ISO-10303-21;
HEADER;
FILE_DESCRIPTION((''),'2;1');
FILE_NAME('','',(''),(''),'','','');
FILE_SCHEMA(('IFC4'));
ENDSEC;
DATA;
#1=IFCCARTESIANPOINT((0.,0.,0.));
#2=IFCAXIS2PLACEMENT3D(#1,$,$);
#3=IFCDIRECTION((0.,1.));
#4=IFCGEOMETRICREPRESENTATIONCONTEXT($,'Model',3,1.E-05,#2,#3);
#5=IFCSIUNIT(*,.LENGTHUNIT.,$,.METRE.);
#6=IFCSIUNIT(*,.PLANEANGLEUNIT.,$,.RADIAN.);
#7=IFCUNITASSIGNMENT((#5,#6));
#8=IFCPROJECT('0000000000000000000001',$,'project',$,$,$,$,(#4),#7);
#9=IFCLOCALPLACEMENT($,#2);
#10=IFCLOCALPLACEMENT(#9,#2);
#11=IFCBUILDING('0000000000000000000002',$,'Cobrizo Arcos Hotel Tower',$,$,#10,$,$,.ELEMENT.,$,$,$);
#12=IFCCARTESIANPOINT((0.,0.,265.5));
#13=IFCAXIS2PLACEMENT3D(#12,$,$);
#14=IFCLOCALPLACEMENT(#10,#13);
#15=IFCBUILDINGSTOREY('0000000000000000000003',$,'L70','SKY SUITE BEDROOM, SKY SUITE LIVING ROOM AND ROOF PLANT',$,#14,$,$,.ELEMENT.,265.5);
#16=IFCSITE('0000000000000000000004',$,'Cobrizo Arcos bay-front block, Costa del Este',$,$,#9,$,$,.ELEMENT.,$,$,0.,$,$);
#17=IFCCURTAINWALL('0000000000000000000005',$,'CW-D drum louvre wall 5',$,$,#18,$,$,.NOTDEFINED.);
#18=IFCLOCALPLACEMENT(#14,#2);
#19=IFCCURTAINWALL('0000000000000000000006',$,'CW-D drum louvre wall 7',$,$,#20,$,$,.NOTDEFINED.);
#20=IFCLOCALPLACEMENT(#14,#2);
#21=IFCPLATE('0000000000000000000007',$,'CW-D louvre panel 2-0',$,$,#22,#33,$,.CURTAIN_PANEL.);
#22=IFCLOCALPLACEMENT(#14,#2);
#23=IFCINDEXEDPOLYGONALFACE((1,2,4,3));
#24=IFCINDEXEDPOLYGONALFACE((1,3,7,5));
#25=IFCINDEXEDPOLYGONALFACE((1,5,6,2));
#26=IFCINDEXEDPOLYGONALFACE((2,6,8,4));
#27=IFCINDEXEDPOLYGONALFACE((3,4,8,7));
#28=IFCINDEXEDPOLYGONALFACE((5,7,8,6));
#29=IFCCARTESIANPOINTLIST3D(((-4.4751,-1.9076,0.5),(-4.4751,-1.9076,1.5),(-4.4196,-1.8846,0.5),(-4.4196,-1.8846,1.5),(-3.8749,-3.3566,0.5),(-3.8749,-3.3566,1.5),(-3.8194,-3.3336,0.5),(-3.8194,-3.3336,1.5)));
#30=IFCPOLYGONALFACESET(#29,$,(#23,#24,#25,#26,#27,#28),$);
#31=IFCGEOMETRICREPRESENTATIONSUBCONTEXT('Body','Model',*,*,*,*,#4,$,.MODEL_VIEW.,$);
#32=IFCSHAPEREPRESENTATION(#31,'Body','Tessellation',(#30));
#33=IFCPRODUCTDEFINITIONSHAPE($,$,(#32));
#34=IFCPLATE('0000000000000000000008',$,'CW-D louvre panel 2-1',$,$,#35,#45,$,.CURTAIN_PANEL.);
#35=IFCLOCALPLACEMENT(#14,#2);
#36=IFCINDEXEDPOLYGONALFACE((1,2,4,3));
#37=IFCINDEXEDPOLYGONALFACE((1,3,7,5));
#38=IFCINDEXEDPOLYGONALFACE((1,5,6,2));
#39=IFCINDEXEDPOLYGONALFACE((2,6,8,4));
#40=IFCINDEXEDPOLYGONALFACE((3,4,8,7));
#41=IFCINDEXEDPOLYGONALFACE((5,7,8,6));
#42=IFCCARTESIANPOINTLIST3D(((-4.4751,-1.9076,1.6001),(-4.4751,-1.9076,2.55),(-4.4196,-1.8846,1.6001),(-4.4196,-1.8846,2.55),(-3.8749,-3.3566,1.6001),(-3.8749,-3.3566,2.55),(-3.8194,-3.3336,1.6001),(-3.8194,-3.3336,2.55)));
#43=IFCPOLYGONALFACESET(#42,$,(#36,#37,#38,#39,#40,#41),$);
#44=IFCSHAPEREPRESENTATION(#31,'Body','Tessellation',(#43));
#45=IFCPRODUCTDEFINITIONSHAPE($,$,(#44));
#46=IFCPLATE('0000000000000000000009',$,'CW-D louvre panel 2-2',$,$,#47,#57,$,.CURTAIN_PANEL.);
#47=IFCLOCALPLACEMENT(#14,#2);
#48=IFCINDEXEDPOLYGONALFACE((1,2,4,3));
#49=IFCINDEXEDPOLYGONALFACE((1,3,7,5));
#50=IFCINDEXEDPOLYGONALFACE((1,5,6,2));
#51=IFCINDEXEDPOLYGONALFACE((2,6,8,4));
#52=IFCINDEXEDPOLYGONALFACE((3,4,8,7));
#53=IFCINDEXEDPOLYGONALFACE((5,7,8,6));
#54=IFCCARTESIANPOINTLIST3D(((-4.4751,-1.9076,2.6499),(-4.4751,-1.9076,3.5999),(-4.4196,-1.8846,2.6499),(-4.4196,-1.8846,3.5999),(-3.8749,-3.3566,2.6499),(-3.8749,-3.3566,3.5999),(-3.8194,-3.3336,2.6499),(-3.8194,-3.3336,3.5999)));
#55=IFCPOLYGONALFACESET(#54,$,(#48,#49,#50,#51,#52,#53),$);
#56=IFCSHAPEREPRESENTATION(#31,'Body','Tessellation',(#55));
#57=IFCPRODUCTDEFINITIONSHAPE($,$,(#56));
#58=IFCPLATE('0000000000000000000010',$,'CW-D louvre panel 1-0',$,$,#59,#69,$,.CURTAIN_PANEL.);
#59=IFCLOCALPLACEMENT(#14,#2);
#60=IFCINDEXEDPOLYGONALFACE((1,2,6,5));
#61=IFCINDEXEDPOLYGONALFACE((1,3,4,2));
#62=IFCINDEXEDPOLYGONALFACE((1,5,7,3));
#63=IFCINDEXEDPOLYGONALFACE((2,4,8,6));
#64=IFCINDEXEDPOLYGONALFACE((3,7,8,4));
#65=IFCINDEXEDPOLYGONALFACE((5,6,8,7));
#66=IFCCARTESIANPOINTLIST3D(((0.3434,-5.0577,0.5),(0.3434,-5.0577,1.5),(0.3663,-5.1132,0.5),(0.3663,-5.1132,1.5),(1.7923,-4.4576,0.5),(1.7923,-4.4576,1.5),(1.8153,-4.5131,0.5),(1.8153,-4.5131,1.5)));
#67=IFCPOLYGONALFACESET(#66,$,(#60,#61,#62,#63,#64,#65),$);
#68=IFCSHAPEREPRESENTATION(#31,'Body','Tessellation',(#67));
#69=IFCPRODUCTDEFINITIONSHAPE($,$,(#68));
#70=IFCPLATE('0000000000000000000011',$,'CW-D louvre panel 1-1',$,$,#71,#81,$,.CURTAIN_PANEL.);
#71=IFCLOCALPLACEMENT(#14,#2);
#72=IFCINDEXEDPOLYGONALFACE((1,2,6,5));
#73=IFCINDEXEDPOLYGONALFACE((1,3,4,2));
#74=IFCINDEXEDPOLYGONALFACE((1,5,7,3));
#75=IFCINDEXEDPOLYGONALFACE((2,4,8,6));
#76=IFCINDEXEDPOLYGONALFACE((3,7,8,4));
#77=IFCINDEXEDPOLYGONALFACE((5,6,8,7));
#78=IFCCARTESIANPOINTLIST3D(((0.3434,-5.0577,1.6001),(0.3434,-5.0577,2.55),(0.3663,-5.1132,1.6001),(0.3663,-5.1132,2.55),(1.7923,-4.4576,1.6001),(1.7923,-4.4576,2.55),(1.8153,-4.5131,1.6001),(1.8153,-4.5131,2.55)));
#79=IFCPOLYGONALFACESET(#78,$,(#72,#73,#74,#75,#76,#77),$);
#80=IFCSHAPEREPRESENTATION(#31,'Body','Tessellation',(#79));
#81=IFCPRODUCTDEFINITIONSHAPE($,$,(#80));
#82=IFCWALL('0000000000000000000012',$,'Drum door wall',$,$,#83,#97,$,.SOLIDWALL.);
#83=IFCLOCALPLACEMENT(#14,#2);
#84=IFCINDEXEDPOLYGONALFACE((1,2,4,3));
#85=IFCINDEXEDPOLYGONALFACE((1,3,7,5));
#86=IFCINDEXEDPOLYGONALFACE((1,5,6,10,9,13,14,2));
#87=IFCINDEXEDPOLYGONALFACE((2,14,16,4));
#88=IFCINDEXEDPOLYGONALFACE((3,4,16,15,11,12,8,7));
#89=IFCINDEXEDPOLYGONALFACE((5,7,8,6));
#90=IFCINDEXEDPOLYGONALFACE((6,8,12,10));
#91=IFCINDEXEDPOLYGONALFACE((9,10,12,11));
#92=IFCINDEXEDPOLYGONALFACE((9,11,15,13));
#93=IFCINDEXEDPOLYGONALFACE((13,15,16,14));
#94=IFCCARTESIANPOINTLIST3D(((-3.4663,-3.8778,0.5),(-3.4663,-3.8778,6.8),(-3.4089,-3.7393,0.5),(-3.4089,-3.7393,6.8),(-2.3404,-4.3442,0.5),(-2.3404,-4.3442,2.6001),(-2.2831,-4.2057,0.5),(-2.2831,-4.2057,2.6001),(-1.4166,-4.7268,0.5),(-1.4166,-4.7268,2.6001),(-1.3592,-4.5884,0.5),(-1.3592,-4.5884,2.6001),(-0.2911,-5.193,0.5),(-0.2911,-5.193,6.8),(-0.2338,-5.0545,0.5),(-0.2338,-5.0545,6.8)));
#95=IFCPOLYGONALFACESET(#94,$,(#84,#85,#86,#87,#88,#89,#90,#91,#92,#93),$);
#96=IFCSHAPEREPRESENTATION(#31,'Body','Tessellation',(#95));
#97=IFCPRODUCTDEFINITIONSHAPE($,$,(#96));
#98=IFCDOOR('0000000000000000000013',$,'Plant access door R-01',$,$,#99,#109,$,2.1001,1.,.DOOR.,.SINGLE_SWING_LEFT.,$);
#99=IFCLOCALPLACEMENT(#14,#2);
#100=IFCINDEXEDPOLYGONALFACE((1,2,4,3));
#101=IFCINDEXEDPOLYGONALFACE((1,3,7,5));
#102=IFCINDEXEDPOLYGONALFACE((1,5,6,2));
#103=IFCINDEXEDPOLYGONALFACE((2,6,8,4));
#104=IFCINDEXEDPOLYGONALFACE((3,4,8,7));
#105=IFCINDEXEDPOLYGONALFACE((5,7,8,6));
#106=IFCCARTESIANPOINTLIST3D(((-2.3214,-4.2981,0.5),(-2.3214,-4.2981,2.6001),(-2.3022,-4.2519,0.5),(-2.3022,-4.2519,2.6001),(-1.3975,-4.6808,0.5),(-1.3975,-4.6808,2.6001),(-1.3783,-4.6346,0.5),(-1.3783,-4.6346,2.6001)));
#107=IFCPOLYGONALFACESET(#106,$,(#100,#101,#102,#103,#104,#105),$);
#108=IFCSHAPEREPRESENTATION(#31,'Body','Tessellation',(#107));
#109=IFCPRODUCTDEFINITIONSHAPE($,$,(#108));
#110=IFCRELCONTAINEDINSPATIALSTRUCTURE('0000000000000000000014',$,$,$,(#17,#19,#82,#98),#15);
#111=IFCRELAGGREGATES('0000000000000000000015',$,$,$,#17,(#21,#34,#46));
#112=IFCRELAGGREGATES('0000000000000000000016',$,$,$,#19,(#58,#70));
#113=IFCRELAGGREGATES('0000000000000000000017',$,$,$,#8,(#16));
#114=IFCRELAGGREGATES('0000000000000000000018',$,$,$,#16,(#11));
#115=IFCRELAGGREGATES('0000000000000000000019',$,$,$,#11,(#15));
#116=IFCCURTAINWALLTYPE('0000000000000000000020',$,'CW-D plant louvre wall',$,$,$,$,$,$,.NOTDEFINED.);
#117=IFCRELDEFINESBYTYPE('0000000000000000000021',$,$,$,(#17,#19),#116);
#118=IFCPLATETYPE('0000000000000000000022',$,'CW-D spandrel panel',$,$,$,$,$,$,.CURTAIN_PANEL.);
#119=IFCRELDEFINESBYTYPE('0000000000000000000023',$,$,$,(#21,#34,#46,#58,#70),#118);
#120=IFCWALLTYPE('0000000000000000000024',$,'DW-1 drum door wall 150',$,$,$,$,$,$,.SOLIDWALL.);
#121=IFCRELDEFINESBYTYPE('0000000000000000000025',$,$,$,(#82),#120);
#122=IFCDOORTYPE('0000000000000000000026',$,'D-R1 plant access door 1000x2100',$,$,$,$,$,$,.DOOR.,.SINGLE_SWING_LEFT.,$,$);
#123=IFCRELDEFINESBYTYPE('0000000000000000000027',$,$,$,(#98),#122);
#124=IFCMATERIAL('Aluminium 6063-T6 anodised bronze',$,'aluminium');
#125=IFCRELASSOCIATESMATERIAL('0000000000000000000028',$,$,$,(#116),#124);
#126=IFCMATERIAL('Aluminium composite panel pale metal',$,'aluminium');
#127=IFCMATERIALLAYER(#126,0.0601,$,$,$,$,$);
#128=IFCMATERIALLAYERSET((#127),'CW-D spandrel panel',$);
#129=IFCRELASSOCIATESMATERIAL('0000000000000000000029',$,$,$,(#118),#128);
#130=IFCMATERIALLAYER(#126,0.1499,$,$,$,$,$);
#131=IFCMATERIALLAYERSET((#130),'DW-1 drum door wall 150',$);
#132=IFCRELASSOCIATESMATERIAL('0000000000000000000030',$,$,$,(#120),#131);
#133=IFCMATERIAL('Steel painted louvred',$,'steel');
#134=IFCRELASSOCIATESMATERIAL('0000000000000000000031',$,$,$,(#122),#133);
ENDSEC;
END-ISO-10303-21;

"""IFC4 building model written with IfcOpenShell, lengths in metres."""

from ifc_helpers import new_model, si_unit, direction, frame, frame_2d, origin, origin_2d, place, context, subcontext, project, spatial, rectangle, extrude, material, layer, layer_set, type_object, element, fill, aggregate, save


model = new_model("IFC4")

# Units and contexts
model_context = context("Model", 3, precision=1e-05, world=origin(), true_north=direction((0.0, 1.0)))
body_context = subcontext(model_context, "Body", "Model", "MODEL_VIEW")
ifc_project = project(units=[si_unit("LENGTHUNIT", "METRE"), si_unit("PLANEANGLEUNIT", "RADIAN")], contexts=[model_context])

# Site, building, storey
site_placement = place(None, origin())
site = spatial("IfcSite", under=ifc_project, at=site_placement, Name="Cobrizo Arcos bay-front block, Costa del Este", CompositionType="ELEMENT", RefElevation=0.0)
building_placement = place(site_placement, origin())
building = spatial("IfcBuilding", under=site, at=building_placement, Name="Cobrizo Arcos Hotel Tower", CompositionType="ELEMENT")
storey_placement = place(building_placement, frame((0.0, 0.0, 265.5)))
storey = spatial("IfcBuildingStorey", under=building, at=storey_placement, Name="L70", Description="SKY SUITE BEDROOM, SKY SUITE LIVING ROOM AND ROOF PLANT", CompositionType="ELEMENT", Elevation=265.5)

# Shared definitions
ifc_material_1 = material(Name="Aluminium 6063-T6 anodised bronze", Category="aluminium")

# Curtain wall
curtain_wall_type_1 = type_object("IfcCurtainWallType", Name="CW-D plant louvre wall", PredefinedType="NOTDEFINED", material=ifc_material_1)
curtain_wall_1_placement = place(storey_placement, origin())
curtain_wall_1 = element("IfcCurtainWall", 1, at=curtain_wall_1_placement, inside=storey, type_object=curtain_wall_type_1, Name="CW-D drum louvre wall 5", PredefinedType="NOTDEFINED")

# Curtain wall
curtain_wall_2_placement = place(storey_placement, origin())
curtain_wall_2 = element("IfcCurtainWall", 2, at=curtain_wall_2_placement, inside=storey, type_object=curtain_wall_type_1, Name="CW-D drum louvre wall 7", PredefinedType="NOTDEFINED")

# Plates
ifc_material_2 = material(Name="Aluminium composite panel pale metal", Category="aluminium")
ifc_layer_1 = layer(ifc_material_2, 0.0601)
ifc_layer_set_1 = layer_set([ifc_layer_1], Name="CW-D spandrel panel")
plate_type = type_object("IfcPlateType", Name="CW-D spandrel panel", PredefinedType="CURTAIN_PANEL", material=ifc_layer_set_1)
plate_1_placement = place(storey_placement, frame((-4.1472, -2.6206, 0.5), z_axis=(0.0, 0.0, 1.0), x_axis=(0.382683, -0.92388, 0.0)))
plate_1 = element("IfcPlate", 3, at=plate_1_placement, type_object=plate_type, Name="CW-D louvre panel 2-0", PredefinedType="CURTAIN_PANEL", context=body_context, shape_type="SweptSolid", body=[
    extrude(rectangle(XDim=1.5684, YDim=0.0601, at=origin_2d()), origin(), (0.0, 0.0, 1.0), 1.0),
])
plate_2_placement = place(storey_placement, frame((-4.1472, -2.6206, 1.6001), z_axis=(0.0, 0.0, 1.0), x_axis=(0.382683, -0.92388, 0.0)))
plate_2 = element("IfcPlate", 4, at=plate_2_placement, type_object=plate_type, Name="CW-D louvre panel 2-1", PredefinedType="CURTAIN_PANEL", context=body_context, shape_type="SweptSolid", body=[
    extrude(rectangle(XDim=1.5684, YDim=0.0601, at=origin_2d()), origin(), (0.0, 0.0, 1.0), 0.95),
])
plate_3_placement = place(storey_placement, frame((-4.1472, -2.6206, 2.6499), z_axis=(0.0, 0.0, 1.0), x_axis=(0.382683, -0.92388, 0.0)))
plate_3 = element("IfcPlate", 5, at=plate_3_placement, type_object=plate_type, Name="CW-D louvre panel 2-2", PredefinedType="CURTAIN_PANEL", context=body_context, shape_type="SweptSolid", body=[
    extrude(rectangle(XDim=1.5684, YDim=0.0601, at=origin_2d()), origin(), (0.0, 0.0, 1.0), 0.95),
])
aggregate(curtain_wall_1, [plate_1, plate_2, plate_3])
plate_4_placement = place(storey_placement, frame((1.0793, -4.7854, 0.5), z_axis=(0.0, 0.0, 1.0), x_axis=(0.92388, 0.382683, 0.0)))
plate_4 = element("IfcPlate", 6, at=plate_4_placement, type_object=plate_type, Name="CW-D louvre panel 1-0", PredefinedType="CURTAIN_PANEL", context=body_context, shape_type="SweptSolid", body=[
    extrude(rectangle(XDim=1.5684, YDim=0.0601, at=origin_2d()), origin(), (0.0, 0.0, 1.0), 1.0),
])
plate_5_placement = place(storey_placement, frame((1.0793, -4.7854, 1.6001), z_axis=(0.0, 0.0, 1.0), x_axis=(0.92388, 0.382683, 0.0)))
plate_5 = element("IfcPlate", 7, at=plate_5_placement, type_object=plate_type, Name="CW-D louvre panel 1-1", PredefinedType="CURTAIN_PANEL", context=body_context, shape_type="SweptSolid", body=[
    extrude(rectangle(XDim=1.5684, YDim=0.0601, at=origin_2d()), origin(), (0.0, 0.0, 1.0), 0.95),
])
aggregate(curtain_wall_2, [plate_4, plate_5])

# Wall, opening, door
ifc_layer_2 = layer(ifc_material_2, 0.1499)
ifc_layer_set_2 = layer_set([ifc_layer_2], Name="DW-1 drum door wall 150")
wall_type = type_object("IfcWallType", Name="DW-1 drum door wall 150", PredefinedType="SOLIDWALL", material=ifc_layer_set_2)
wall_placement = place(storey_placement, frame((-3.4375, -3.8086, 0.5), z_axis=(0.0, 0.0, 1.0), x_axis=(0.923876, -0.382693, 0.0)))
wall = element("IfcWall", 8, at=wall_placement, inside=storey, type_object=wall_type, Name="Drum door wall", PredefinedType="SOLIDWALL", context=body_context, shape_type="SweptSolid", body=[
    extrude(rectangle(XDim=3.4368, YDim=0.1499, at=frame_2d((1.7183, 0.0))), origin(), (0.0, 0.0, 1.0), 6.3),
])
opening_placement = place(wall_placement, frame((1.2185, 0.0, 0.0)))
opening = element("IfcOpeningElement", 9, at=opening_placement, cuts=wall, PredefinedType="OPENING", context=body_context, shape_type="SweptSolid", body=[
    extrude(rectangle(XDim=1.0, YDim=2.1001, at=frame_2d((0.5, 1.05))), frame((0.0, 0.0869, 0.0), z_axis=(0.0, -1.0, 0.0), x_axis=(1.0, 0.0, 0.0)), (0.0, 0.0, 1.0), 0.1738),
])
ifc_material_3 = material(Name="Steel painted louvred", Category="steel")
door_type = type_object("IfcDoorType", Name="D-R1 plant access door 1000x2100", OperationType="SINGLE_SWING_LEFT", PredefinedType="DOOR", material=ifc_material_3)
door_placement = place(opening_placement, origin())
door = element("IfcDoor", 10, at=door_placement, inside=storey, type_object=door_type, Name="Plant access door R-01", OperationType="SINGLE_SWING_LEFT", OverallHeight=2.1001, OverallWidth=1.0, PredefinedType="DOOR", context=body_context, shape_type="SweptSolid", body=[
    extrude(rectangle(XDim=1.0, YDim=2.1001, at=frame_2d((0.5, 1.05))), frame((0.0, 0.0249, 0.0), z_axis=(0.0, -1.0, 0.0), x_axis=(1.0, 0.0, 0.0)), (0.0, 0.0, 1.0), 0.05),
])
fill(opening, door)

save(model, "model.ifc")
